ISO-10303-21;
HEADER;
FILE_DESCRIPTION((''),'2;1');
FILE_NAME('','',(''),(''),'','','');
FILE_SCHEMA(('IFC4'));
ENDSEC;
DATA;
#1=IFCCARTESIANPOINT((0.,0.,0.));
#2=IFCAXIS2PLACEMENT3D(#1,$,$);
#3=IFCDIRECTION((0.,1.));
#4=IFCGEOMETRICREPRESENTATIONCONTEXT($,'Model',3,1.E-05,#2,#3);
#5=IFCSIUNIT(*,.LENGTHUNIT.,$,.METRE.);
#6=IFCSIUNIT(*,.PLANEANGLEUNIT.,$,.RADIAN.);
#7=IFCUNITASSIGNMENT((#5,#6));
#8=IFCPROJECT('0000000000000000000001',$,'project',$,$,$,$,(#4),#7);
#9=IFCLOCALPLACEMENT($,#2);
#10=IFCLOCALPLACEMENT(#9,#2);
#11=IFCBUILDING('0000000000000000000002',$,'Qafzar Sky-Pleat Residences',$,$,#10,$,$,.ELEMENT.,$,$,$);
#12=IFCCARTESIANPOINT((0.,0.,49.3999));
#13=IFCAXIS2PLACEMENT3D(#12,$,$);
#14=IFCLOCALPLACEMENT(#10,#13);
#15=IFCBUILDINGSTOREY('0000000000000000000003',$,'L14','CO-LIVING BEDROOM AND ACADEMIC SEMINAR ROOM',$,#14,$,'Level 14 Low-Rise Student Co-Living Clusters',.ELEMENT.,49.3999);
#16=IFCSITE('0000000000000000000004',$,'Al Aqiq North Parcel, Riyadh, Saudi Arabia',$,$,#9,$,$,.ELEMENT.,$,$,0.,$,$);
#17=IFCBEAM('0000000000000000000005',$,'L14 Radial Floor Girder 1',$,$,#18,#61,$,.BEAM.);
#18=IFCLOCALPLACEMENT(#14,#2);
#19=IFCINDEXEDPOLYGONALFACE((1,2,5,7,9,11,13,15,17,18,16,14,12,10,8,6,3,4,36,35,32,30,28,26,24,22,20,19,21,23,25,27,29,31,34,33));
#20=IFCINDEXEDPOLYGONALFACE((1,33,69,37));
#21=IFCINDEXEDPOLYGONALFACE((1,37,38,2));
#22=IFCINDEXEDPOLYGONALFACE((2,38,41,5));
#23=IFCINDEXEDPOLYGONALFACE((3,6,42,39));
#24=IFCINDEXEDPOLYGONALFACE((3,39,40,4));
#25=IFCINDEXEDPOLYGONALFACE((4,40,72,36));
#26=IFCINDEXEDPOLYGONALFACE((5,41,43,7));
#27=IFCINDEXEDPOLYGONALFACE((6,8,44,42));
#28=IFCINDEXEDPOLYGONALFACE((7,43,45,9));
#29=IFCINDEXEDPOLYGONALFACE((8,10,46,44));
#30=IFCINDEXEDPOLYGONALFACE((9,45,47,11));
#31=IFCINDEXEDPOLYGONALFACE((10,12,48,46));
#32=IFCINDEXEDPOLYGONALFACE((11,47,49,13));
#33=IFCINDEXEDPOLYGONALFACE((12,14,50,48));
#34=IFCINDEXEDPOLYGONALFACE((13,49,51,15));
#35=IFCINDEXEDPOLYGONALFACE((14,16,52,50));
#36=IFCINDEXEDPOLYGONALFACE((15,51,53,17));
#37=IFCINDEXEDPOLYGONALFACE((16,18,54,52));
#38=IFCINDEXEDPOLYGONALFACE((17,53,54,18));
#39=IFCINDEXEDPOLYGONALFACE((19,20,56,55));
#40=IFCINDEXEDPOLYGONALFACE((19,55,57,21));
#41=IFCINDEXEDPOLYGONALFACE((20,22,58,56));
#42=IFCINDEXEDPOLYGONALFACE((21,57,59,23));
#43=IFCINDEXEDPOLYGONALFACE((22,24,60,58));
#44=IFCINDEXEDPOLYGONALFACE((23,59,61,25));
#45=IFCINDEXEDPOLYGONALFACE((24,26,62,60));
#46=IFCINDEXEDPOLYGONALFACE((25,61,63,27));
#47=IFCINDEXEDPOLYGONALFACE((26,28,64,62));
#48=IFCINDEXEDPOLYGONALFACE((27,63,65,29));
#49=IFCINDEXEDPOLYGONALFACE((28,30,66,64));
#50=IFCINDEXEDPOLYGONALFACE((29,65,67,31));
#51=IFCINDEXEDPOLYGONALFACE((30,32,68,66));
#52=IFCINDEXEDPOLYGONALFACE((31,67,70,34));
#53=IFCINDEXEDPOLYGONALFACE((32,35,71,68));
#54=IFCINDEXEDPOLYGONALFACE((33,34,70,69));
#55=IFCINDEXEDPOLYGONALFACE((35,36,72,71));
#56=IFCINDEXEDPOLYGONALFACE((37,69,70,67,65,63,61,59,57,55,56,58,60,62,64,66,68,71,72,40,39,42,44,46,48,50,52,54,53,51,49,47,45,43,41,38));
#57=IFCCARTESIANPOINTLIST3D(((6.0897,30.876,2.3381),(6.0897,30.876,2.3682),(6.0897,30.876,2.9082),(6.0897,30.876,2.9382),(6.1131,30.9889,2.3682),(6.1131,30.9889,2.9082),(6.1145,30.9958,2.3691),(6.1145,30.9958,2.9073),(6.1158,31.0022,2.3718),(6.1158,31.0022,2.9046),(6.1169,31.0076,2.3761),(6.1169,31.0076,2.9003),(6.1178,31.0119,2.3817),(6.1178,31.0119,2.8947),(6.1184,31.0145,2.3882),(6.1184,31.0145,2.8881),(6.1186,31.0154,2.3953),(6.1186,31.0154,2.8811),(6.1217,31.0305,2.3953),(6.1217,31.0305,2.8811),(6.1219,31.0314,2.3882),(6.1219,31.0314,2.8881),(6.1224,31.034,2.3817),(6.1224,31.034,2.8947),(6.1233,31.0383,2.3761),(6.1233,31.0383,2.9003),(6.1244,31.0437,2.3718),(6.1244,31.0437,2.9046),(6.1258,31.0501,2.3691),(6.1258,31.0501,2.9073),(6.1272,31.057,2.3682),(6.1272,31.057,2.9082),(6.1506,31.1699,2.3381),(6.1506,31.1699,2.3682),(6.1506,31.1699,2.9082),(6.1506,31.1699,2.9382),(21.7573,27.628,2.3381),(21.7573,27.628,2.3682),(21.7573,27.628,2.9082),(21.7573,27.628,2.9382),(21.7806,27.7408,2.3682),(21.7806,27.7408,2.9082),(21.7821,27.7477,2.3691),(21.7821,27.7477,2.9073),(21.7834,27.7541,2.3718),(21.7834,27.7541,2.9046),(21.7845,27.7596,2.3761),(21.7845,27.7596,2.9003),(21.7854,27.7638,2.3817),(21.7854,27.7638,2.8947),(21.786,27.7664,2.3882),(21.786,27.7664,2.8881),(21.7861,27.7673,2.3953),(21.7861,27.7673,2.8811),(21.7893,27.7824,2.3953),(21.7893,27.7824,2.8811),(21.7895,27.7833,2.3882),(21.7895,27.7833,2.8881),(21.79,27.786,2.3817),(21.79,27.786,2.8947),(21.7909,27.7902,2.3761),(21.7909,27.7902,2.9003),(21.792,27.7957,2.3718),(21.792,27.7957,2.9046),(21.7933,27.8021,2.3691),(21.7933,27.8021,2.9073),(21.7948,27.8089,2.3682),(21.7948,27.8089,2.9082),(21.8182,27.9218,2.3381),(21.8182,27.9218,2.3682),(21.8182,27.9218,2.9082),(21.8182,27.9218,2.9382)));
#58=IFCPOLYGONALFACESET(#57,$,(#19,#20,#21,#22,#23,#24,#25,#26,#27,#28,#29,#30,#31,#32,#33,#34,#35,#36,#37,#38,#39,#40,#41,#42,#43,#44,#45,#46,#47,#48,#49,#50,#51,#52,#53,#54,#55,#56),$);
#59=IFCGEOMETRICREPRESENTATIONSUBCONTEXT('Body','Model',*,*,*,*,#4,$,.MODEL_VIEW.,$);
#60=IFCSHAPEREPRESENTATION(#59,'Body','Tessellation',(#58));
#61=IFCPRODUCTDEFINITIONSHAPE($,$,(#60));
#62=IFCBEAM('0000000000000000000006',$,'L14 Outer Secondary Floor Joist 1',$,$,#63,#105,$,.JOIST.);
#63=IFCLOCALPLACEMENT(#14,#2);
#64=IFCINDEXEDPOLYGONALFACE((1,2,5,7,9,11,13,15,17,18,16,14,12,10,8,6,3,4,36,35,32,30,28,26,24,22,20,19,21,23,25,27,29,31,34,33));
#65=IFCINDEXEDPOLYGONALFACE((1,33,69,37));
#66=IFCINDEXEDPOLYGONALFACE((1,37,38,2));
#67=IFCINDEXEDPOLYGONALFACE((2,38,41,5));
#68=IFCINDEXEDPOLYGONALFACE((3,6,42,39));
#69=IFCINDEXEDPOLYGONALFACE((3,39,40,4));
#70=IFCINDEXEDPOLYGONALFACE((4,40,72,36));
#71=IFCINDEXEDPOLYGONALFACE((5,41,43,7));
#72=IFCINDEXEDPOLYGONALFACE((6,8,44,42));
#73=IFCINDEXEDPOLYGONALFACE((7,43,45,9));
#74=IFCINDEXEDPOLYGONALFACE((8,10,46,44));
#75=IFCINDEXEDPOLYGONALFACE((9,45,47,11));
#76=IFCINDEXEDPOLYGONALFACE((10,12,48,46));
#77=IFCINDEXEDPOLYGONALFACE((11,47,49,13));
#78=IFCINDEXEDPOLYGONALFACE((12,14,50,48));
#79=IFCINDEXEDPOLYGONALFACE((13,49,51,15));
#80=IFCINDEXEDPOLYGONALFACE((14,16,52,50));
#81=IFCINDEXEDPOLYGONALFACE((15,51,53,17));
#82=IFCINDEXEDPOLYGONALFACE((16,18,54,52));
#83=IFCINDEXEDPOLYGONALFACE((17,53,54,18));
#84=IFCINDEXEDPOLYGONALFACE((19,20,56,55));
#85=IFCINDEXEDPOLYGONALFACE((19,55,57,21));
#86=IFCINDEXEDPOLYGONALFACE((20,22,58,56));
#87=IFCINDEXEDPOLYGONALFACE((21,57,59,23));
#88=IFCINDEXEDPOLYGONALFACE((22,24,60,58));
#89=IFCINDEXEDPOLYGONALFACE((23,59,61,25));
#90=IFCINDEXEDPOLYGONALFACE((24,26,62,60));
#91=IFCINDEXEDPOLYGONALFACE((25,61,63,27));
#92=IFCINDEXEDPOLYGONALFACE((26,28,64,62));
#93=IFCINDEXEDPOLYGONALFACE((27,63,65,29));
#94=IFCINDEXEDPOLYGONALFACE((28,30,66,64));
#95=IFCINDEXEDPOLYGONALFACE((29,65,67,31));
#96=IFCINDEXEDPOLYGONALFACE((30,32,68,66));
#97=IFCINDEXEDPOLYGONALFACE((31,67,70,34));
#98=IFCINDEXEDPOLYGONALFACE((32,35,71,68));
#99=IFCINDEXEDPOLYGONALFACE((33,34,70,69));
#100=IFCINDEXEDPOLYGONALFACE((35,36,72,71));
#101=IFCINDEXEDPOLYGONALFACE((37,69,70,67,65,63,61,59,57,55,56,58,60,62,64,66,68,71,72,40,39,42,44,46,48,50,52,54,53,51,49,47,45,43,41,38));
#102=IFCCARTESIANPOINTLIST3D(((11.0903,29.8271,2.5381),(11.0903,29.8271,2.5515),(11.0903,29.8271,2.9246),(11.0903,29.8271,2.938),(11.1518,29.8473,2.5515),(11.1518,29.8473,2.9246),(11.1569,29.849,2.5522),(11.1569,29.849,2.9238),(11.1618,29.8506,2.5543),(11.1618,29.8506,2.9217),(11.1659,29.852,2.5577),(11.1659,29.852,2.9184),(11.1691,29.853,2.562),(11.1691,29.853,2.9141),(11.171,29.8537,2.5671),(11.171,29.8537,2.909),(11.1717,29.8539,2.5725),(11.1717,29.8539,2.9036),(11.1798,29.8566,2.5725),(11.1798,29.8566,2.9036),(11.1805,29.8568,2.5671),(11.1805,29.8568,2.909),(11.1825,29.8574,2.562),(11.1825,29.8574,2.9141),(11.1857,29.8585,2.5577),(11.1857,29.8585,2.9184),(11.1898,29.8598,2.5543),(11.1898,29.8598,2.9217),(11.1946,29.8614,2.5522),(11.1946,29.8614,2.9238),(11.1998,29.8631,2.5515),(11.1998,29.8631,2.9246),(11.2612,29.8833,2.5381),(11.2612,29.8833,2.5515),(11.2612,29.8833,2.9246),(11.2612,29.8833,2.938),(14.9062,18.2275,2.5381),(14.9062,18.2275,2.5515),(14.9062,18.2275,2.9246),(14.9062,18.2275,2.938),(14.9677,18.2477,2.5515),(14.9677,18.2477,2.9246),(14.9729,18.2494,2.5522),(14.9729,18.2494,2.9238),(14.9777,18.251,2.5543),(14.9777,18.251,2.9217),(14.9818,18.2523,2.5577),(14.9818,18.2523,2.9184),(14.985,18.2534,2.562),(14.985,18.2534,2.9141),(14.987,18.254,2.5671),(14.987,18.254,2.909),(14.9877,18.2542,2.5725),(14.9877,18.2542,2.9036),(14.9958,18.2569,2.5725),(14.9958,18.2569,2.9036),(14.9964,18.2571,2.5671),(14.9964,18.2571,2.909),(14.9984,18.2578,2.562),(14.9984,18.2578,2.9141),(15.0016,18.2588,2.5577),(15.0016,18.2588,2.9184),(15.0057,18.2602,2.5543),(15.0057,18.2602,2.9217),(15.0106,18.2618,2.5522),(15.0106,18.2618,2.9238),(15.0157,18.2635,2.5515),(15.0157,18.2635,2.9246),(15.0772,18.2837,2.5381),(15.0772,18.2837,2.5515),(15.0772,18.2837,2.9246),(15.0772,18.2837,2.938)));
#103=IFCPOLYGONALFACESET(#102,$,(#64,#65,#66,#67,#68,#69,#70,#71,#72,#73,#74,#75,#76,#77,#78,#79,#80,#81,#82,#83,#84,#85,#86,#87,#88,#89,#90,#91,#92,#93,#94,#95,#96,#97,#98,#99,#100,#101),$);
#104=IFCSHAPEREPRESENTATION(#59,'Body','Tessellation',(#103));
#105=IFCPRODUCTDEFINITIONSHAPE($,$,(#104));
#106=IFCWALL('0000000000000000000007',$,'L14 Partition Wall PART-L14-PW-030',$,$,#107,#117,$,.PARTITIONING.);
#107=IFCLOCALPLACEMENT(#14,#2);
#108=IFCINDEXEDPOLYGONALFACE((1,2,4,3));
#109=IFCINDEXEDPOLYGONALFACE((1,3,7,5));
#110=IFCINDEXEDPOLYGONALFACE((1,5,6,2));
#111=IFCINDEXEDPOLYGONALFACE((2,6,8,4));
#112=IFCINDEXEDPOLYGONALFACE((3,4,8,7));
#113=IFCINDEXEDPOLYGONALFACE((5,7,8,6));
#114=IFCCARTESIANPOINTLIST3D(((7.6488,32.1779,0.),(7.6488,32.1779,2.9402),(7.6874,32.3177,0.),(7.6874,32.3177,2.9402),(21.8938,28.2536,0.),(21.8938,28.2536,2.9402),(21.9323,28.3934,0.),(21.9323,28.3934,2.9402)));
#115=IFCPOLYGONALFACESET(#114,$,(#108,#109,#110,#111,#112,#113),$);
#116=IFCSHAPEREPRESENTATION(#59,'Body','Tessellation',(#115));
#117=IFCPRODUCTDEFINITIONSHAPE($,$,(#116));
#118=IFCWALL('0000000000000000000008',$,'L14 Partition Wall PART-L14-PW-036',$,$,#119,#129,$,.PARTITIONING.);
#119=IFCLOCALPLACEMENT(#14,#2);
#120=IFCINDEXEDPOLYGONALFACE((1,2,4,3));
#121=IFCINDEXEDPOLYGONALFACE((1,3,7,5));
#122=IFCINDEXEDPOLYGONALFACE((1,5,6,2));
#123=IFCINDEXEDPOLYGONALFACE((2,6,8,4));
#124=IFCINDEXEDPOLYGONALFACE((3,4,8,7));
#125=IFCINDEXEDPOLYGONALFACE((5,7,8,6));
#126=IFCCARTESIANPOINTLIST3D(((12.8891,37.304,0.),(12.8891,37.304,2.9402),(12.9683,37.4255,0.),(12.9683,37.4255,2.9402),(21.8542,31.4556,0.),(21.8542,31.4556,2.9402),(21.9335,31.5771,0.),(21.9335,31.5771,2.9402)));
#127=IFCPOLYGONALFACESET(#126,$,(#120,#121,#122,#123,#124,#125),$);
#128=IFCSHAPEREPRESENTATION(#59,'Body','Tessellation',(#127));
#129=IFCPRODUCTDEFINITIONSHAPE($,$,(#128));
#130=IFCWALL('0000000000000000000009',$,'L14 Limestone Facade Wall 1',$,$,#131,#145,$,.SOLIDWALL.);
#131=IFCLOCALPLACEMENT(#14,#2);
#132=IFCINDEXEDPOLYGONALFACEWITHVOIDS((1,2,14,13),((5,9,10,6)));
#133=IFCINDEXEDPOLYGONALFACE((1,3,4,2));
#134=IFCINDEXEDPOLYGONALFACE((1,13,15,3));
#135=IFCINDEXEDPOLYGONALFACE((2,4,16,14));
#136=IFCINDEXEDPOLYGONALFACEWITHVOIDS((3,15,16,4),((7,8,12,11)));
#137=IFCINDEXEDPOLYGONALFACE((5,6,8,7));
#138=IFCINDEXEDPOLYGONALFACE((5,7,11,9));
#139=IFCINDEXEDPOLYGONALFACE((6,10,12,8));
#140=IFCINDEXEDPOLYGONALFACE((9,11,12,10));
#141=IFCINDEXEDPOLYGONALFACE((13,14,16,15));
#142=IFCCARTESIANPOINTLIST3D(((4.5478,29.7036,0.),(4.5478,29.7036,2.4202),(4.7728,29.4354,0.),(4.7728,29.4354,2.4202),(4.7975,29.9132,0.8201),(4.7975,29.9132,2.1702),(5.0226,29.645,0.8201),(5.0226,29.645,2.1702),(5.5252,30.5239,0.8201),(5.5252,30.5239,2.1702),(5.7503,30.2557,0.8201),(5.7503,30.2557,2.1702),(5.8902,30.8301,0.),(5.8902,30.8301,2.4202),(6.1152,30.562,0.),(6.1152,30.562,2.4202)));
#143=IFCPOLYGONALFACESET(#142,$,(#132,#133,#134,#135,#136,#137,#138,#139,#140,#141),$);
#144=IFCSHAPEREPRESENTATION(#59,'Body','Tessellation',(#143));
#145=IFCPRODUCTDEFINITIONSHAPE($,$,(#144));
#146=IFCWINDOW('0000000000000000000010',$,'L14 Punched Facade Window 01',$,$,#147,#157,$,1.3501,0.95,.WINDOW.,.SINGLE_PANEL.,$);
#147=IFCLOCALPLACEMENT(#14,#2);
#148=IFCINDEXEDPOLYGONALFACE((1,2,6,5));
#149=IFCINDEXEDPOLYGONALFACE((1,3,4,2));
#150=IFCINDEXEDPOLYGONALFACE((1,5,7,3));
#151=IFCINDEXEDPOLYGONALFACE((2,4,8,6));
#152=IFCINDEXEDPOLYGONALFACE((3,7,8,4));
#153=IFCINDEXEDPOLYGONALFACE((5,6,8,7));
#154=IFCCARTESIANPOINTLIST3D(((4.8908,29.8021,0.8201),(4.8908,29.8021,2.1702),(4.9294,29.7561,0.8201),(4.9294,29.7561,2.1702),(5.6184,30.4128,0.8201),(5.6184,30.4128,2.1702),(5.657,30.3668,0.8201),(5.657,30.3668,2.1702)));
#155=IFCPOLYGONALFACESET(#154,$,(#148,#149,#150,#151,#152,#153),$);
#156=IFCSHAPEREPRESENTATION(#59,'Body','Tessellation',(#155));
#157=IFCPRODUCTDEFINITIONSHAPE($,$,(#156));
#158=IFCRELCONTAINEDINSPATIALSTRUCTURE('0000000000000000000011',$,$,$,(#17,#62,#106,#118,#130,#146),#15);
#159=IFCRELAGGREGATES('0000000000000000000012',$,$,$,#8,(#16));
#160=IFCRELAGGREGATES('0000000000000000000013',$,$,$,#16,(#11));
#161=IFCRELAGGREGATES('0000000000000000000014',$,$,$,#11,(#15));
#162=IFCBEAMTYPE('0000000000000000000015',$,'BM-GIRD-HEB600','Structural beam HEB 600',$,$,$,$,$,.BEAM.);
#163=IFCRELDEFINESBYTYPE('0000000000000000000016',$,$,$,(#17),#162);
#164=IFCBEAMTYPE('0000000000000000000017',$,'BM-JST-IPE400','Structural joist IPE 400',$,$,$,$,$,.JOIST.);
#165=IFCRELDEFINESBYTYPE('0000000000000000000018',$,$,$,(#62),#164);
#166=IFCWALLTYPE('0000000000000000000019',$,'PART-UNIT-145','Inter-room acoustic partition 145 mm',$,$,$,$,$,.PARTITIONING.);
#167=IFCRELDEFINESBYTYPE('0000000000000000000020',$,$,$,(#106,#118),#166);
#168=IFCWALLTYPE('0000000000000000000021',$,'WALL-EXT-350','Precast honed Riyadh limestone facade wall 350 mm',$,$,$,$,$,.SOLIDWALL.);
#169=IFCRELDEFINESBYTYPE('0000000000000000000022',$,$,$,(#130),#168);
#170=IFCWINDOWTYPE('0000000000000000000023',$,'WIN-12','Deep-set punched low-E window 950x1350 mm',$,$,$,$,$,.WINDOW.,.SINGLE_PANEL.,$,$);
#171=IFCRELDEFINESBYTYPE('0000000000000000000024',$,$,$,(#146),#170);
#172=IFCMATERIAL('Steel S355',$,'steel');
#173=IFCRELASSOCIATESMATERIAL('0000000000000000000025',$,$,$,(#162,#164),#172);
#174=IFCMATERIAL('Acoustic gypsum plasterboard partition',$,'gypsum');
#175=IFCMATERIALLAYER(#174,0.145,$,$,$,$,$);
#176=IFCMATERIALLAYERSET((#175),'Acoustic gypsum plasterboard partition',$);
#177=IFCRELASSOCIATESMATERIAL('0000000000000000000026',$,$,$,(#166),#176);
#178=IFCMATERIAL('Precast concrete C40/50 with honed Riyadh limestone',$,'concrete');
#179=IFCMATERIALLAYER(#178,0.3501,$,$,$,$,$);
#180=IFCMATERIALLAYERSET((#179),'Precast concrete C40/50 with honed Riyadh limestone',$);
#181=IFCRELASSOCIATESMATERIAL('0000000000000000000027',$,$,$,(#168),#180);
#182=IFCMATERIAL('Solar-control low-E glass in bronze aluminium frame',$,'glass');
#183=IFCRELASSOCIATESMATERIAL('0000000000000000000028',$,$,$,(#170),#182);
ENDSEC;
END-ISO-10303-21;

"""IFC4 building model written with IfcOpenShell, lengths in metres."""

from ifc_helpers import new_model, si_unit, direction, frame, frame_2d, origin, origin_2d, place, context, subcontext, project, spatial, rectangle, i_section, extrude, source, transform, mapped, material, layer, layer_set, material_profile, profile_set, type_object, element, fill, save


model = new_model("IFC4")

# Units and contexts
model_context = context("Model", 3, precision=1e-05, world=origin(), true_north=direction((0.0, 1.0)))
body_context = subcontext(model_context, "Body", "Model", "MODEL_VIEW")
ifc_project = project(units=[si_unit("LENGTHUNIT", "METRE"), si_unit("PLANEANGLEUNIT", "RADIAN")], contexts=[model_context])

# Site, building, storey
site_placement = place(None, origin())
site = spatial("IfcSite", under=ifc_project, at=site_placement, Name="Al Aqiq North Parcel, Riyadh, Saudi Arabia", CompositionType="ELEMENT", RefElevation=0.0)
building_placement = place(site_placement, origin())
building = spatial("IfcBuilding", under=site, at=building_placement, Name="Qafzar Sky-Pleat Residences", CompositionType="ELEMENT")
storey_placement = place(building_placement, frame((0.0, 0.0, 49.3999)))
storey = spatial("IfcBuildingStorey", under=building, at=storey_placement, Name="L14", Description="CO-LIVING BEDROOM AND ACADEMIC SEMINAR ROOM", LongName="Level 14 Low-Rise Student Co-Living Clusters", CompositionType="ELEMENT", Elevation=49.3999)

# Beams
ifc_material_1 = material(Name="Steel S355", Category="steel")
ifc_material_profile_1 = material_profile(ifc_material_1, i_section(OverallWidth=0.3, OverallDepth=0.6001, WebThickness=0.0154, FlangeThickness=0.03, FilletRadius=0.0271, at=origin_2d()), Name="HEB 600")
ifc_profile_set_1 = profile_set([ifc_material_profile_1], Name="Steel S355")
beam_type_1 = type_object("IfcBeamType", Name="BM-GIRD-HEB600", Description="Structural beam HEB 600", PredefinedType="BEAM", material=ifc_profile_set_1)
shared_shape_1 = source(origin(), body_context, "Body", "SweptSolid", [
    extrude(i_section(OverallWidth=0.3, OverallDepth=0.6001, WebThickness=0.0154, FlangeThickness=0.03, FilletRadius=0.0271, at=origin_2d()), origin(), (0.0, 0.0, 1.0), 16.0007),
])
beam_1_placement = place(storey_placement, frame((6.1201, 31.0229, 2.6382), z_axis=(0.97918, -0.202995, 0.0), x_axis=(0.202995, 0.97918, 0.0)))
element("IfcBeam", 1, at=beam_1_placement, inside=storey, type_object=beam_type_1, Name="L14 Radial Floor Girder 1", PredefinedType="BEAM", context=body_context, shape_type="MappedRepresentation", body=[
    mapped(shared_shape_1, transform((0.0, 0.0, 0.0), x_axis=(1.0, 0.0, 0.0), y_axis=(0.0, 1.0, 0.0), z_axis=(0.0, 0.0, 1.0), scale=1.0)),
])
ifc_material_profile_2 = material_profile(ifc_material_1, i_section(OverallWidth=0.1799, OverallDepth=0.3999, WebThickness=0.0085, FlangeThickness=0.0134, FilletRadius=0.021, at=origin_2d()), Name="IPE 400")
ifc_profile_set_2 = profile_set([ifc_material_profile_2], Name="Steel S355")
beam_type_2 = type_object("IfcBeamType", Name="BM-JST-IPE400", Description="Structural joist IPE 400", PredefinedType="JOIST", material=ifc_profile_set_2)
shared_shape_2 = source(origin(), body_context, "Body", "SweptSolid", [
    extrude(i_section(OverallWidth=0.1799, OverallDepth=0.3999, WebThickness=0.0085, FlangeThickness=0.0134, FilletRadius=0.021, at=origin_2d()), origin(), (0.0, 0.0, 1.0), 12.2112),
])
beam_2_placement = place(storey_placement, frame((11.1758, 29.8552, 2.738), z_axis=(0.312495, -0.94992, 0.0), x_axis=(0.94992, 0.312495, 0.0)))
element("IfcBeam", 2, at=beam_2_placement, inside=storey, type_object=beam_type_2, Name="L14 Outer Secondary Floor Joist 1", PredefinedType="JOIST", context=body_context, shape_type="MappedRepresentation", body=[
    mapped(shared_shape_2, transform((0.0, 0.0, 0.0), x_axis=(1.0, 0.0, 0.0), y_axis=(0.0, 1.0, 0.0), z_axis=(0.0, 0.0, 1.0), scale=1.0)),
])

# Walls
ifc_material_2 = material(Name="Acoustic gypsum plasterboard partition", Category="gypsum")
ifc_layer_1 = layer(ifc_material_2, 0.145)
ifc_layer_set_1 = layer_set([ifc_layer_1], Name="Acoustic gypsum plasterboard partition")
wall_type_1 = type_object("IfcWallType", Name="PART-UNIT-145", Description="Inter-room acoustic partition 145 mm", PredefinedType="PARTITIONING", material=ifc_layer_set_1)
wall_1_placement = place(storey_placement, frame((7.6682, 32.2478, 0.0), z_axis=(0.0, 0.0, 1.0), x_axis=(0.964085, -0.265595, 0.0)))
element("IfcWall", 3, at=wall_1_placement, inside=storey, type_object=wall_type_1, Name="L14 Partition Wall PART-L14-PW-030", PredefinedType="PARTITIONING", context=body_context, shape_type="SweptSolid", body=[
    extrude(rectangle(XDim=14.7756, YDim=0.145, at=frame_2d((7.3877, 0.0))), origin(), (0.0, 0.0, 1.0), 2.9402),
])
wall_2_placement = place(storey_placement, frame((12.9287, 37.3647, 0.0), z_axis=(0.0, 0.0, 1.0), x_axis=(0.837543, -0.546372, 0.0)))
element("IfcWall", 4, at=wall_2_placement, inside=storey, type_object=wall_type_1, Name="L14 Partition Wall PART-L14-PW-036", PredefinedType="PARTITIONING", context=body_context, shape_type="SweptSolid", body=[
    extrude(rectangle(XDim=10.7041, YDim=0.145, at=frame_2d((5.3521, 0.0))), origin(), (0.0, 0.0, 1.0), 2.9402),
])

# Wall, opening, window
ifc_material_3 = material(Name="Precast concrete C40/50 with honed Riyadh limestone", Category="concrete")
ifc_layer_2 = layer(ifc_material_3, 0.3501)
ifc_layer_set_2 = layer_set([ifc_layer_2], Name="Precast concrete C40/50 with honed Riyadh limestone")
wall_type_2 = type_object("IfcWallType", Name="WALL-EXT-350", Description="Precast honed Riyadh limestone facade wall 350 mm", PredefinedType="SOLIDWALL", material=ifc_layer_set_2)
wall_3_placement = place(storey_placement, frame((6.0027, 30.696, 0.0), z_axis=(0.0, 0.0, 1.0), x_axis=(-0.766001, -0.642839, 0.0)))
wall_3 = element("IfcWall", 5, at=wall_3_placement, inside=storey, type_object=wall_type_2, Name="L14 Limestone Facade Wall 1", PredefinedType="SOLIDWALL", context=body_context, shape_type="SweptSolid", body=[
    extrude(rectangle(XDim=1.7524, YDim=0.3501, at=frame_2d((0.8762, 0.0))), origin(), (0.0, 0.0, 1.0), 2.4202),
])
opening_1_placement = place(wall_3_placement, frame((0.4763, 0.0, 0.8201)))
opening_1 = element("IfcOpeningElement", 6, at=opening_1_placement, cuts=wall_3, PredefinedType="OPENING", context=body_context, shape_type="SweptSolid", body=[
    extrude(rectangle(XDim=0.95, YDim=1.3501, at=frame_2d((0.4751, 0.675))), frame((0.0, 0.1851, 0.0), z_axis=(0.0, -1.0, 0.0), x_axis=(1.0, 0.0, 0.0)), (0.0, 0.0, 1.0), 0.3701),
])
ifc_material_4 = material(Name="Solar-control low-E glass in bronze aluminium frame", Category="glass")
window_type_1 = type_object("IfcWindowType", Name="WIN-12", Description="Deep-set punched low-E window 950x1350 mm", PartitioningType="SINGLE_PANEL", PredefinedType="WINDOW", material=ifc_material_4)
shared_shape_3 = source(origin(), body_context, "Body", "SweptSolid", [
    extrude(rectangle(XDim=0.95, YDim=1.3501, at=frame_2d((0.4751, 0.675))), frame((0.0, 0.03, 0.0), z_axis=(0.0, -1.0, 0.0), x_axis=(1.0, 0.0, 0.0)), (0.0, 0.0, 1.0), 0.0601),
])
window_1_placement = place(opening_1_placement, origin())
window_1 = element("IfcWindow", 7, at=window_1_placement, inside=storey, type_object=window_type_1, Name="L14 Punched Facade Window 01", OverallHeight=1.3501, OverallWidth=0.95, PartitioningType="SINGLE_PANEL", PredefinedType="WINDOW", context=body_context, shape_type="MappedRepresentation", body=[
    mapped(shared_shape_3, transform((0.0, 0.0, 0.0), x_axis=(1.0, 0.0, 0.0), y_axis=(0.0, 1.0, 0.0), z_axis=(0.0, 0.0, 1.0), scale=1.0)),
])
fill(opening_1, window_1)

save(model, "model.ifc")
